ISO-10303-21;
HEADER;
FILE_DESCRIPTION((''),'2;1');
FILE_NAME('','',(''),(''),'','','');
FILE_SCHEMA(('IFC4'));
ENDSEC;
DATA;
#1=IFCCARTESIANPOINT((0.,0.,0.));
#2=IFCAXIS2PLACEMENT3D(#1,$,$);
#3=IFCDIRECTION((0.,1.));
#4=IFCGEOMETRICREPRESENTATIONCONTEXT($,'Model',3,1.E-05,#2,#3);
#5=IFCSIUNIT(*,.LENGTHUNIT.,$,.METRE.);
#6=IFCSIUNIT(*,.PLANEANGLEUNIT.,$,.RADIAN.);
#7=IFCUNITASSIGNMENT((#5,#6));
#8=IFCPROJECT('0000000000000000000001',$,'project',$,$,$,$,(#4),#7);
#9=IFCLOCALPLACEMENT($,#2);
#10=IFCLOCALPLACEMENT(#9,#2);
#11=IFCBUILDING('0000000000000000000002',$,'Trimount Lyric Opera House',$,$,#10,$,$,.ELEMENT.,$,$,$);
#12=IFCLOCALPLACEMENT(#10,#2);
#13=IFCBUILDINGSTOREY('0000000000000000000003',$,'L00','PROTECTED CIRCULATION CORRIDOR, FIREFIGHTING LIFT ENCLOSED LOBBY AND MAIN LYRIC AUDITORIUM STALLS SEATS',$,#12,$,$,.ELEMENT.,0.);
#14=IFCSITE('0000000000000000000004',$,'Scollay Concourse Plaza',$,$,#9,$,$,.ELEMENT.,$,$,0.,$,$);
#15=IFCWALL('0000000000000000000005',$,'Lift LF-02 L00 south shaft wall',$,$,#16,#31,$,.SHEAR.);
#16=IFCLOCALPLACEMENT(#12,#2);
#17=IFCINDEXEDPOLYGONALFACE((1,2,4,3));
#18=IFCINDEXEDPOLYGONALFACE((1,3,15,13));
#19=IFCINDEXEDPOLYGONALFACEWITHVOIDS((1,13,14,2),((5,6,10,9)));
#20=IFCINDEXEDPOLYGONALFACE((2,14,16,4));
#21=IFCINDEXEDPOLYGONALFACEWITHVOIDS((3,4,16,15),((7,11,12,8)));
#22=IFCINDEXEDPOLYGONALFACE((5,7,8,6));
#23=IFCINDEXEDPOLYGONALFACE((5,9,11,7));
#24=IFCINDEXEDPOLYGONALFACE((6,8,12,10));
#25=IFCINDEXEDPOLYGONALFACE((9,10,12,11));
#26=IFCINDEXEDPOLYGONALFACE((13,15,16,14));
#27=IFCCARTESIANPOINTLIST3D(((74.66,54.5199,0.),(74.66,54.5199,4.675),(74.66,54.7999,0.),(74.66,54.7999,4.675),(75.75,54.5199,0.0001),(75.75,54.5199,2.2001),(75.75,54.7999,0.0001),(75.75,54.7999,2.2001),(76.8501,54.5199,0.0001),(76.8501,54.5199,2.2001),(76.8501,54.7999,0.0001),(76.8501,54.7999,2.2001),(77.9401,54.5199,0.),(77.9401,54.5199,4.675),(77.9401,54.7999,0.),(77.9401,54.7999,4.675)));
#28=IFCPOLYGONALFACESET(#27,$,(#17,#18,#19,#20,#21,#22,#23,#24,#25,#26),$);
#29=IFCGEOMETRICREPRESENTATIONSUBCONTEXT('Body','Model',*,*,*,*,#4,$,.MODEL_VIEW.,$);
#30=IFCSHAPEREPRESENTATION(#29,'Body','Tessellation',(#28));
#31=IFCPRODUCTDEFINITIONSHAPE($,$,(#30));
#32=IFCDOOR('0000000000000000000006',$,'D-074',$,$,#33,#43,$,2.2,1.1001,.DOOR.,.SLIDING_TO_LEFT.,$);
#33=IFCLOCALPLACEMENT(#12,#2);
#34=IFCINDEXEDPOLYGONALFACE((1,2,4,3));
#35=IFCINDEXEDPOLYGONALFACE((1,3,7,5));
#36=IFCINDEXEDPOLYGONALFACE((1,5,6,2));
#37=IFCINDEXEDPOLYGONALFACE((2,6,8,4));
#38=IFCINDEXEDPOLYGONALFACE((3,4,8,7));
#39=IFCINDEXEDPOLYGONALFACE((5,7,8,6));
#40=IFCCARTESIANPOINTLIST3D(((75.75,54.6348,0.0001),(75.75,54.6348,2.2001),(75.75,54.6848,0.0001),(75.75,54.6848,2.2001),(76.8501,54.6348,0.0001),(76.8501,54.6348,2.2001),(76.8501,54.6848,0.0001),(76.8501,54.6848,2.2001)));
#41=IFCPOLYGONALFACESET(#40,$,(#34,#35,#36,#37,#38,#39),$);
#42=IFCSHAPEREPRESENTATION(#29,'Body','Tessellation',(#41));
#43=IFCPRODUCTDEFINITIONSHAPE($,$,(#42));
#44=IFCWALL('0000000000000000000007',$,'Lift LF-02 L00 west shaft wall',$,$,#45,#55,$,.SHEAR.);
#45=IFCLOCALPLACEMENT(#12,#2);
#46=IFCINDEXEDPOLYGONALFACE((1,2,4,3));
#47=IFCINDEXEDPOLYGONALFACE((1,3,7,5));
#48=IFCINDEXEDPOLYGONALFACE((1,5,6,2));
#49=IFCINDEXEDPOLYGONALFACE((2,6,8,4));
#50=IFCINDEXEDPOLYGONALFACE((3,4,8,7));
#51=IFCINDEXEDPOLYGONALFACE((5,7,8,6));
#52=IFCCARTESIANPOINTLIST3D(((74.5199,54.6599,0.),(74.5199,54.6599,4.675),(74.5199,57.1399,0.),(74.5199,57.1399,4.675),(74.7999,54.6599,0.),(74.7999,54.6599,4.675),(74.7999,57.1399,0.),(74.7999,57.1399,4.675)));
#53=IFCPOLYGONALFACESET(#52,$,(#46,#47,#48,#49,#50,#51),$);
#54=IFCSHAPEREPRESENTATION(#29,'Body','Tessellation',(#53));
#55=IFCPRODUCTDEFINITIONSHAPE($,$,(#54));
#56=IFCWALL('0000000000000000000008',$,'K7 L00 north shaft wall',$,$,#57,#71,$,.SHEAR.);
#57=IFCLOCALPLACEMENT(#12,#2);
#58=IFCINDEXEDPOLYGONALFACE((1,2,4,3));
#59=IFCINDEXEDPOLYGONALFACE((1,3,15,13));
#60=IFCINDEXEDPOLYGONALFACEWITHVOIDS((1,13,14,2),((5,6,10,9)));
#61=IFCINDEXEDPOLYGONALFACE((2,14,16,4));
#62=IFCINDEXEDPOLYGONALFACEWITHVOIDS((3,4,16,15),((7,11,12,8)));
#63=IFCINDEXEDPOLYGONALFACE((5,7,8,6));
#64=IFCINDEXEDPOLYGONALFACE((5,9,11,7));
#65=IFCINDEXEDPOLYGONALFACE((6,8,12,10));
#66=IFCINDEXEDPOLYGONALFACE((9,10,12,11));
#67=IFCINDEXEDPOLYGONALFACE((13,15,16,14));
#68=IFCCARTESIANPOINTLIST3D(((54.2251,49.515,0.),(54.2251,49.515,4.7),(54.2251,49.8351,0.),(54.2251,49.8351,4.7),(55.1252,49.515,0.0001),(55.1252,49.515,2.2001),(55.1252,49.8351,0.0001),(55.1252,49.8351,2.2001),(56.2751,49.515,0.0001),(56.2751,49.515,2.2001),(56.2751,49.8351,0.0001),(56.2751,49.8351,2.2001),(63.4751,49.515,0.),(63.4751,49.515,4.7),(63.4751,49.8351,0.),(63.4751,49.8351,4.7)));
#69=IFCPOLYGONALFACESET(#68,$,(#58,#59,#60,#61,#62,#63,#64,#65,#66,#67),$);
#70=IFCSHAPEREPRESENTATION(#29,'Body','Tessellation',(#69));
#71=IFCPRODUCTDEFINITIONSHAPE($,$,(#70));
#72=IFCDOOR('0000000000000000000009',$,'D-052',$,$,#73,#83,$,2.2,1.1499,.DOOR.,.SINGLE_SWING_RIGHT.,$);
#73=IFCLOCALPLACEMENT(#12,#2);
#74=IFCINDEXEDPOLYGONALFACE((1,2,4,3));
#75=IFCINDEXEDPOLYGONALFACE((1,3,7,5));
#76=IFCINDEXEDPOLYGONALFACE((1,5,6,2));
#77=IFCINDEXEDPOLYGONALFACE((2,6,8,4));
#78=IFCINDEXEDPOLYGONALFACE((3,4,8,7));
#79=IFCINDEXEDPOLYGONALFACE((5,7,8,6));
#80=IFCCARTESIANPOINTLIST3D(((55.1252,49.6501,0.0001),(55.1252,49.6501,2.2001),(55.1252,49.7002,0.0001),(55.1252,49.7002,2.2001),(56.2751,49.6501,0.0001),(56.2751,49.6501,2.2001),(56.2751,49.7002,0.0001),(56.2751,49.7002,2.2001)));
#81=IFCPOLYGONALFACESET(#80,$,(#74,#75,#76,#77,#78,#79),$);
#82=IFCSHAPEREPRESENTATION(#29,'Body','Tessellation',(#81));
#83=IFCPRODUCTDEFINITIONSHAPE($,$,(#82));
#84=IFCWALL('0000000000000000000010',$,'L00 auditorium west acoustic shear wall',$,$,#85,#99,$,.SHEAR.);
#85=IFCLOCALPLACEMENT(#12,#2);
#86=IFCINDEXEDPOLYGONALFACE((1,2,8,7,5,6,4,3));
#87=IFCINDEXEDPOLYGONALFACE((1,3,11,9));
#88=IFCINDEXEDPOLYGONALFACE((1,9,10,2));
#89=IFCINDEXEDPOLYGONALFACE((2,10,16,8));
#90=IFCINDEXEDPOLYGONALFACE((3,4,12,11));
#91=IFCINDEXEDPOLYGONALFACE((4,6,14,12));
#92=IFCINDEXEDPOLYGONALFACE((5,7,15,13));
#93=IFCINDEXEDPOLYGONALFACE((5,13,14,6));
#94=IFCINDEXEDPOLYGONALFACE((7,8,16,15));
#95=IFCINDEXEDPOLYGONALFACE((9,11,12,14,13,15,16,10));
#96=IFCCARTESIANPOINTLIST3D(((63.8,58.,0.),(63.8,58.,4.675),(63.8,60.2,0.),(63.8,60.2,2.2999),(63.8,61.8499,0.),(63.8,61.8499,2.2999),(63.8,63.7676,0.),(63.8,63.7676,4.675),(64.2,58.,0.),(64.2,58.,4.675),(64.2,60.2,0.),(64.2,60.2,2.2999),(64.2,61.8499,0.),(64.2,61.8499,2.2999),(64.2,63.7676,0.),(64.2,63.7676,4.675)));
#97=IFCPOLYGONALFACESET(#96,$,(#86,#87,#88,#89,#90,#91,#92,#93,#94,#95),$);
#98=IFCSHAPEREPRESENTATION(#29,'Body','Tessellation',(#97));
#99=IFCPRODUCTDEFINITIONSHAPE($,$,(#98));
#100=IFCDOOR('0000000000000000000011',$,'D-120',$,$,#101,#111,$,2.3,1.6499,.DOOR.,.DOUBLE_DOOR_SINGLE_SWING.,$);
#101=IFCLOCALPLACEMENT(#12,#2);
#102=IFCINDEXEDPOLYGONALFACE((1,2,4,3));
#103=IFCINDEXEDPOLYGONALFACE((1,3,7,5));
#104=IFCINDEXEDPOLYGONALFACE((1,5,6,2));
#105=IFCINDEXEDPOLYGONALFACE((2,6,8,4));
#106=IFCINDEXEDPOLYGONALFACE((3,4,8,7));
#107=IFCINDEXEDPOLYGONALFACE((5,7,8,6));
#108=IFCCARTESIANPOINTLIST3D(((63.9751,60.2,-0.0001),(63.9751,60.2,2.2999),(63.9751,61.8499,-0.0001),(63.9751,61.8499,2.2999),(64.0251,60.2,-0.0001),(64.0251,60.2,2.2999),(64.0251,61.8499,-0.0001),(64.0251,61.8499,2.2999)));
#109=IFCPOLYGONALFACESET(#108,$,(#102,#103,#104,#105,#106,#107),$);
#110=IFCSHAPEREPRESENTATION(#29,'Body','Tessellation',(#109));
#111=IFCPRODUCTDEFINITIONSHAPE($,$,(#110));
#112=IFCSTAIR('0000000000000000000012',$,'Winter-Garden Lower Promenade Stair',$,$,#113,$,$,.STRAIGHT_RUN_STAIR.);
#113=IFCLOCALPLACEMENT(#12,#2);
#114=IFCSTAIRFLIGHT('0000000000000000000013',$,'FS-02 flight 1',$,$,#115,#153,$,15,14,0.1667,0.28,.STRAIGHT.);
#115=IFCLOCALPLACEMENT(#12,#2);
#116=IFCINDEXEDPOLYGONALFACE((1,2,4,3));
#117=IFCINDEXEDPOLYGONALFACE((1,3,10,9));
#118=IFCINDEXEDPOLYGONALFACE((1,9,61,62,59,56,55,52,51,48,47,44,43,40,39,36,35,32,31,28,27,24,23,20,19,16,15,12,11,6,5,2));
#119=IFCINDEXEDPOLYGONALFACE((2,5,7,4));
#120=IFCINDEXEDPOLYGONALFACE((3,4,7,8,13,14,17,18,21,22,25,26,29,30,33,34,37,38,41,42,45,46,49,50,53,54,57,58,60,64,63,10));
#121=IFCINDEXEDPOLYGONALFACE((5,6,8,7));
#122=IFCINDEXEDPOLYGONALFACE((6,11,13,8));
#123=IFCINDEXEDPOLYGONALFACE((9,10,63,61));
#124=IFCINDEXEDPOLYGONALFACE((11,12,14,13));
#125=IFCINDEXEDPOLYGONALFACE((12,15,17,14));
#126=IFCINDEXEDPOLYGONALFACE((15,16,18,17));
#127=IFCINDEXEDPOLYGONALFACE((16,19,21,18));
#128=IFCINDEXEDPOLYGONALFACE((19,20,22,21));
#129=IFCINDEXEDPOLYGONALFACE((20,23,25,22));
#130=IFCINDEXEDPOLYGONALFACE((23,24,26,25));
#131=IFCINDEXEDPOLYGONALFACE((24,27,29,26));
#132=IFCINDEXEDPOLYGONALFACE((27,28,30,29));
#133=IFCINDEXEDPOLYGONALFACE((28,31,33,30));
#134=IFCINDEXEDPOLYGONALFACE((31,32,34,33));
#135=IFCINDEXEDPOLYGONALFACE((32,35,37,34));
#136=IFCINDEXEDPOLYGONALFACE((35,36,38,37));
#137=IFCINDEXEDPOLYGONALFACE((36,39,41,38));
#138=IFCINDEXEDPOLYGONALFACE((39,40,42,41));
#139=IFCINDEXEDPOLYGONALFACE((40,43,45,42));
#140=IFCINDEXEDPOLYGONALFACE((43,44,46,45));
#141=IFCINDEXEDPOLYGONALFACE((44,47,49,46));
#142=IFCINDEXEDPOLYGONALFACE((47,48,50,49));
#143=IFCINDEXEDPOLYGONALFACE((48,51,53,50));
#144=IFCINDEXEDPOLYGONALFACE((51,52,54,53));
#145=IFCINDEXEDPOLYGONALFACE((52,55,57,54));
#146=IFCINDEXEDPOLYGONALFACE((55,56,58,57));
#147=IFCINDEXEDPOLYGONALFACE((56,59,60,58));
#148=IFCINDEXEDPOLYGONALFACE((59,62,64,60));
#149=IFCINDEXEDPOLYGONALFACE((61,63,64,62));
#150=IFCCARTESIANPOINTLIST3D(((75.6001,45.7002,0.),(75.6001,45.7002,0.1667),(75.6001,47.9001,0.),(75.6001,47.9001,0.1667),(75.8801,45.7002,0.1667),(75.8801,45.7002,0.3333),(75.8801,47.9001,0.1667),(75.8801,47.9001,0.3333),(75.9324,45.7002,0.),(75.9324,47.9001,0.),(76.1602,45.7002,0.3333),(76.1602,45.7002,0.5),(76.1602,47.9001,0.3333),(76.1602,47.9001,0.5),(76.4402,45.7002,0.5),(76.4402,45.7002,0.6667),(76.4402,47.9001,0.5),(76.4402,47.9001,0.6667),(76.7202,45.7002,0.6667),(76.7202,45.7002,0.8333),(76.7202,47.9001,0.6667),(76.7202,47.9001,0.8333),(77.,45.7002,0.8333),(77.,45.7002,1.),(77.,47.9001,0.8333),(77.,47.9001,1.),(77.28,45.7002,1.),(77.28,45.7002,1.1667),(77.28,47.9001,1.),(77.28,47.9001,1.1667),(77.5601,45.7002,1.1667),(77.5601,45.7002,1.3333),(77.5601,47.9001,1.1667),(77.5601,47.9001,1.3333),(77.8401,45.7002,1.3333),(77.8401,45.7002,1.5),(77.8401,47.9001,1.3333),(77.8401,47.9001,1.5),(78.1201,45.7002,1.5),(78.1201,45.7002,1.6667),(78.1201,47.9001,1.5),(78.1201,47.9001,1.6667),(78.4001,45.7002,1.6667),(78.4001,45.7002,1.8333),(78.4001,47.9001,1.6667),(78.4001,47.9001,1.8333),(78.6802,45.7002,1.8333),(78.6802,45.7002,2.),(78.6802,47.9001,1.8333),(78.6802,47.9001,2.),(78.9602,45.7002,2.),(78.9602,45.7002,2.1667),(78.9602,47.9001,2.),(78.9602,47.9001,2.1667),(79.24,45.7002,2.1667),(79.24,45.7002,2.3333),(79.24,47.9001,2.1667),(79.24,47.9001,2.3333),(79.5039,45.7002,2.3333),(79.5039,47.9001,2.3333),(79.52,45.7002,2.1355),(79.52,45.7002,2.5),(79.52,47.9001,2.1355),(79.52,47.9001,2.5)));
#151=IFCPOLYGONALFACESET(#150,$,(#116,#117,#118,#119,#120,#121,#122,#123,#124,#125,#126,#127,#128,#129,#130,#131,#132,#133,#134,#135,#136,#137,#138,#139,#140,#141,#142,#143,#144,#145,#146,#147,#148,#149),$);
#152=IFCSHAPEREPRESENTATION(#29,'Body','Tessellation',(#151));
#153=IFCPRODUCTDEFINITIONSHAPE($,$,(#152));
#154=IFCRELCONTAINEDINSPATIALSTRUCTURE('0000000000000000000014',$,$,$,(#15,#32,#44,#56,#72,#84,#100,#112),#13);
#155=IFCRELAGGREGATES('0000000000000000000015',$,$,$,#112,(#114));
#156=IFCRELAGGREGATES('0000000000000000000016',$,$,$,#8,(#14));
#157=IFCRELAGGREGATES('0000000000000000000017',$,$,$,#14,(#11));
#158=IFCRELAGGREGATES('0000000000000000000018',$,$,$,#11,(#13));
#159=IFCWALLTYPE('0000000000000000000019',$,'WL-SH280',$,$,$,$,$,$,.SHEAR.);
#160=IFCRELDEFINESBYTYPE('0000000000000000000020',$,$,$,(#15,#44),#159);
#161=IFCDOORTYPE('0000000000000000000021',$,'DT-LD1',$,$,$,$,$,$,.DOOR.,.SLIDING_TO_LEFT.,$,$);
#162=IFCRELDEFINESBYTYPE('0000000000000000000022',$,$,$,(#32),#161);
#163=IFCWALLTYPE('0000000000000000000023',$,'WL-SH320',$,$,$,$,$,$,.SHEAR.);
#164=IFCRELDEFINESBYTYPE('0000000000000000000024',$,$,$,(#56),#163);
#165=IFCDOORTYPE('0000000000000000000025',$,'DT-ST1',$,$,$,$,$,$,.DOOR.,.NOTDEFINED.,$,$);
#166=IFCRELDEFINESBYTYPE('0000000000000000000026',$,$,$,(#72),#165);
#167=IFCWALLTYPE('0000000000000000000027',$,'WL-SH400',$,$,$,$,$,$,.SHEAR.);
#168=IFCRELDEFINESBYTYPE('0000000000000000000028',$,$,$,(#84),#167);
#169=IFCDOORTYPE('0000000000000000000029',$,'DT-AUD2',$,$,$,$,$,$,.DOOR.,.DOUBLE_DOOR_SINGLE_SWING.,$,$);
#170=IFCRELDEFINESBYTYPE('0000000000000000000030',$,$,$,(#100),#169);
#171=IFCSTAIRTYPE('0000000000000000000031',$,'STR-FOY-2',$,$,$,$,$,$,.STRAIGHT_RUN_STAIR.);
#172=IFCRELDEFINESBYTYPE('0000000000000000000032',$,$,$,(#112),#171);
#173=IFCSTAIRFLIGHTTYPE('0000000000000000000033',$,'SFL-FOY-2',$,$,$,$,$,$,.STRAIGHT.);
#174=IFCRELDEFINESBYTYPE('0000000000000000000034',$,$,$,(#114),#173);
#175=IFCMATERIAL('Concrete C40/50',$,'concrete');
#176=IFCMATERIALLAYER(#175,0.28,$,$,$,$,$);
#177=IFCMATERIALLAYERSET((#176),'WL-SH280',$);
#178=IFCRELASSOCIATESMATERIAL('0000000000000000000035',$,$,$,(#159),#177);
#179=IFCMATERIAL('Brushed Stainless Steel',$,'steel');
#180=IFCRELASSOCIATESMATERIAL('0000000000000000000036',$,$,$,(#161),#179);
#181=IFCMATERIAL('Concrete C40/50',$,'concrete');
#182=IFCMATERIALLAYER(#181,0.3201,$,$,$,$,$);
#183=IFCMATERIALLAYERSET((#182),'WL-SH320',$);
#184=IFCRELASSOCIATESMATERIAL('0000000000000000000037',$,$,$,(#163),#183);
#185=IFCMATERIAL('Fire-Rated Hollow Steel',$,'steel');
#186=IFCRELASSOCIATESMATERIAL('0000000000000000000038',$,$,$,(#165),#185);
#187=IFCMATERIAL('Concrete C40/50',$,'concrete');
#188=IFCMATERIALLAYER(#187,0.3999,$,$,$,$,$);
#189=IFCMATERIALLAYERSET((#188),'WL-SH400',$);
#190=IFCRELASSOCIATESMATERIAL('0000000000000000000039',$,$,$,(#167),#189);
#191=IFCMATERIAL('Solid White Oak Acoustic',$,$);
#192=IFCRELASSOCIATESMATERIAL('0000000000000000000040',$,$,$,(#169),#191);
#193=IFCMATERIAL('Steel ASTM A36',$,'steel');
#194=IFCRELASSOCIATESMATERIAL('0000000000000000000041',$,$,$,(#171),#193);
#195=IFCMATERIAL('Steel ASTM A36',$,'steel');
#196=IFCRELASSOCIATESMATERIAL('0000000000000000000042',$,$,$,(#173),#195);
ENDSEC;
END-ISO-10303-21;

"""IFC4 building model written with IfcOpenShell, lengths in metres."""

from ifc_helpers import new_model, si_unit, direction, frame, frame_2d, origin, place, context, subcontext, project, spatial, polyline, rectangle, outline, extrude, material, layer, layer_set, type_object, element, fill, aggregate, save


model = new_model("IFC4")

# Units and contexts
model_context = context("Model", 3, precision=1e-05, world=origin(), true_north=direction((0.0, 1.0)))
body_context = subcontext(model_context, "Body", "Model", "MODEL_VIEW")
ifc_project = project(units=[si_unit("LENGTHUNIT", "METRE"), si_unit("PLANEANGLEUNIT", "RADIAN")], contexts=[model_context])

# Site, building, storey
site_placement = place(None, origin())
site = spatial("IfcSite", under=ifc_project, at=site_placement, Name="Scollay Concourse Plaza", CompositionType="ELEMENT", RefElevation=0.0)
building_placement = place(site_placement, origin())
building = spatial("IfcBuilding", under=site, at=building_placement, Name="Trimount Lyric Opera House", CompositionType="ELEMENT")
storey_placement = place(building_placement, origin())
storey = spatial("IfcBuildingStorey", under=building, at=storey_placement, Name="L00", Description="PROTECTED CIRCULATION CORRIDOR, FIREFIGHTING LIFT ENCLOSED LOBBY AND MAIN LYRIC AUDITORIUM STALLS SEATS", CompositionType="ELEMENT", Elevation=0.0)

# Wall, opening, door
ifc_material_1 = material(Name="Concrete C40/50", Category="concrete")
ifc_layer_1 = layer(ifc_material_1, 0.28)
ifc_layer_set_1 = layer_set([ifc_layer_1], Name="WL-SH280")
wall_type_1 = type_object("IfcWallType", Name="WL-SH280", PredefinedType="SHEAR", material=ifc_layer_set_1)
wall_1_placement = place(storey_placement, frame((74.6599, 54.6599, 0.0), z_axis=(0.0, 0.0, 1.0), x_axis=(1.0, 0.0, 0.0)))
wall_1 = element("IfcWall", 1, at=wall_1_placement, inside=storey, type_object=wall_type_1, Name="Lift LF-02 L00 south shaft wall", PredefinedType="SHEAR", context=body_context, shape_type="SweptSolid", body=[
    extrude(rectangle(XDim=3.28, YDim=0.28, at=frame_2d((1.6401, 0.0))), origin(), (0.0, 0.0, 1.0), 4.675),
])
opening_1_placement = place(wall_1_placement, frame((1.0901, 0.0, 0.0)))
opening_1 = element("IfcOpeningElement", 2, at=opening_1_placement, cuts=wall_1, PredefinedType="OPENING", context=body_context, shape_type="SweptSolid", body=[
    extrude(rectangle(XDim=1.1001, YDim=2.2, at=frame_2d((0.55, 1.1001))), frame((0.0, 0.1499, 0.0), z_axis=(0.0, -1.0, 0.0), x_axis=(1.0, 0.0, 0.0)), (0.0, 0.0, 1.0), 0.3),
])
ifc_material_2 = material(Name="Brushed Stainless Steel", Category="steel")
door_type_1 = type_object("IfcDoorType", Name="DT-LD1", OperationType="SLIDING_TO_LEFT", PredefinedType="DOOR", material=ifc_material_2)
door_1_placement = place(opening_1_placement, origin())
door_1 = element("IfcDoor", 3, at=door_1_placement, inside=storey, type_object=door_type_1, Name="D-074", OperationType="SLIDING_TO_LEFT", OverallHeight=2.2, OverallWidth=1.1001, PredefinedType="DOOR", context=body_context, shape_type="SweptSolid", body=[
    extrude(rectangle(XDim=1.1001, YDim=2.2, at=frame_2d((0.55, 1.1001))), frame((0.0, 0.0249, 0.0), z_axis=(0.0, -1.0, 0.0), x_axis=(1.0, 0.0, 0.0)), (0.0, 0.0, 1.0), 0.05),
])
fill(opening_1, door_1)

# Wall
wall_2_placement = place(storey_placement, frame((74.6599, 57.1399, 0.0), z_axis=(0.0, 0.0, 1.0), x_axis=(0.0, -1.0, 0.0)))
element("IfcWall", 4, at=wall_2_placement, inside=storey, type_object=wall_type_1, Name="Lift LF-02 L00 west shaft wall", PredefinedType="SHEAR", context=body_context, shape_type="SweptSolid", body=[
    extrude(rectangle(XDim=2.48, YDim=0.28, at=frame_2d((1.24, 0.0))), origin(), (0.0, 0.0, 1.0), 4.675),
])

# Walls, openings, doors
ifc_material_3 = material(Name="Concrete C40/50", Category="concrete")
ifc_layer_2 = layer(ifc_material_3, 0.3201)
ifc_layer_set_2 = layer_set([ifc_layer_2], Name="WL-SH320")
wall_type_2 = type_object("IfcWallType", Name="WL-SH320", PredefinedType="SHEAR", material=ifc_layer_set_2)
wall_3_placement = place(storey_placement, frame((63.4751, 49.675, 0.0), z_axis=(0.0, 0.0, 1.0), x_axis=(-1.0, 0.0, 0.0)))
wall_3 = element("IfcWall", 5, at=wall_3_placement, inside=storey, type_object=wall_type_2, Name="K7 L00 north shaft wall", PredefinedType="SHEAR", context=body_context, shape_type="SweptSolid", body=[
    extrude(rectangle(XDim=9.25, YDim=0.3201, at=frame_2d((4.625, 0.0))), origin(), (0.0, 0.0, 1.0), 4.7),
])
opening_2_placement = place(wall_3_placement, frame((7.2, 0.0, 0.0)))
opening_2 = element("IfcOpeningElement", 6, at=opening_2_placement, cuts=wall_3, PredefinedType="OPENING", context=body_context, shape_type="SweptSolid", body=[
    extrude(rectangle(XDim=1.1499, YDim=2.2, at=frame_2d((0.575, 1.1001))), frame((0.0, 0.1699, 0.0), z_axis=(0.0, -1.0, 0.0), x_axis=(1.0, 0.0, 0.0)), (0.0, 0.0, 1.0), 0.3401),
])
ifc_material_4 = material(Name="Fire-Rated Hollow Steel", Category="steel")
door_type_2 = type_object("IfcDoorType", Name="DT-ST1", OperationType="NOTDEFINED", PredefinedType="DOOR", material=ifc_material_4)
door_2_placement = place(opening_2_placement, origin())
door_2 = element("IfcDoor", 7, at=door_2_placement, inside=storey, type_object=door_type_2, Name="D-052", OperationType="SINGLE_SWING_RIGHT", OverallHeight=2.2, OverallWidth=1.1499, PredefinedType="DOOR", context=body_context, shape_type="SweptSolid", body=[
    extrude(rectangle(XDim=1.1499, YDim=2.2, at=frame_2d((0.575, 1.1001))), frame((0.0, 0.0249, 0.0), z_axis=(0.0, -1.0, 0.0), x_axis=(1.0, 0.0, 0.0)), (0.0, 0.0, 1.0), 0.05),
])
fill(opening_2, door_2)
ifc_material_5 = material(Name="Concrete C40/50", Category="concrete")
ifc_layer_3 = layer(ifc_material_5, 0.3999)
ifc_layer_set_3 = layer_set([ifc_layer_3], Name="WL-SH400")
wall_type_3 = type_object("IfcWallType", Name="WL-SH400", PredefinedType="SHEAR", material=ifc_layer_set_3)
wall_4_placement = place(storey_placement, frame((64.0, 58.0, 0.0), z_axis=(0.0, 0.0, 1.0), x_axis=(0.0, 1.0, 0.0)))
wall_4 = element("IfcWall", 8, at=wall_4_placement, inside=storey, type_object=wall_type_3, Name="L00 auditorium west acoustic shear wall", PredefinedType="SHEAR", context=body_context, shape_type="SweptSolid", body=[
    extrude(rectangle(XDim=5.7676, YDim=0.3999, at=frame_2d((2.8838, 0.0))), origin(), (0.0, 0.0, 1.0), 4.675),
])
opening_3_placement = place(wall_4_placement, frame((2.2, 0.0, 0.0)))
opening_3 = element("IfcOpeningElement", 9, at=opening_3_placement, cuts=wall_4, PredefinedType="OPENING", context=body_context, shape_type="SweptSolid", body=[
    extrude(rectangle(XDim=1.6499, YDim=2.3, at=frame_2d((0.825, 1.1499))), frame((0.0, 0.21, 0.0), z_axis=(0.0, -1.0, 0.0), x_axis=(1.0, 0.0, 0.0)), (0.0, 0.0, 1.0), 0.4199),
])
ifc_material_6 = material(Name="Solid White Oak Acoustic")
door_type_3 = type_object("IfcDoorType", Name="DT-AUD2", OperationType="DOUBLE_DOOR_SINGLE_SWING", PredefinedType="DOOR", material=ifc_material_6)
door_3_placement = place(opening_3_placement, origin())
door_3 = element("IfcDoor", 10, at=door_3_placement, inside=storey, type_object=door_type_3, Name="D-120", OperationType="DOUBLE_DOOR_SINGLE_SWING", OverallHeight=2.3, OverallWidth=1.6499, PredefinedType="DOOR", context=body_context, shape_type="SweptSolid", body=[
    extrude(rectangle(XDim=1.6499, YDim=2.3, at=frame_2d((0.825, 1.1499))), frame((0.0, 0.0249, 0.0), z_axis=(0.0, -1.0, 0.0), x_axis=(1.0, 0.0, 0.0)), (0.0, 0.0, 1.0), 0.05),
])
fill(opening_3, door_3)

# Stair, stair flight
ifc_material_7 = material(Name="Steel ASTM A36", Category="steel")
stair_type = type_object("IfcStairType", Name="STR-FOY-2", PredefinedType="STRAIGHT_RUN_STAIR", material=ifc_material_7)
stair_placement = place(storey_placement, origin())
stair = element("IfcStair", 11, at=stair_placement, inside=storey, type_object=stair_type, Name="Winter-Garden Lower Promenade Stair", PredefinedType="STRAIGHT_RUN_STAIR")
ifc_material_8 = material(Name="Steel ASTM A36", Category="steel")
stair_flight_type = type_object("IfcStairFlightType", Name="SFL-FOY-2", PredefinedType="STRAIGHT", material=ifc_material_8)
stair_flight_placement = place(storey_placement, frame((75.6001, 46.8, 0.0), z_axis=(0.0, 0.0, 1.0), x_axis=(1.0, 0.0, 0.0)))
stair_flight = element("IfcStairFlight", 12, at=stair_flight_placement, type_object=stair_flight_type, Name="FS-02 flight 1", NumberOfRisers=15, NumberOfTreads=14, PredefinedType="STRAIGHT", RiserHeight=0.1667, TreadLength=0.28, context=body_context, shape_type="SweptSolid", body=[
    extrude(outline(polyline([(0.0, 0.0), (0.0, 0.1667), (0.28, 0.1667), (0.28, 0.3333), (0.5601, 0.3333), (0.5601, 0.5), (0.8401, 0.5), (0.8401, 0.6667), (1.1201, 0.6667), (1.1201, 0.8333), (1.3999, 0.8333), (1.3999, 1.0), (1.6799, 1.0), (1.6799, 1.1667), (1.96, 1.1667), (1.96, 1.3333), (2.24, 1.3333), (2.24, 1.5), (2.52, 1.5), (2.52, 1.6667), (2.8, 1.6667), (2.8, 1.8333), (3.0801, 1.8333), (3.0801, 2.0), (3.3601, 2.0), (3.3601, 2.1667), (3.6399, 2.1667), (3.6399, 2.3333), (3.9038, 2.3333), (3.9199, 2.5), (3.9199, 2.1355), (0.3323, 0.0), (0.0, 0.0)])), frame((0.0, 1.1001, 0.0), z_axis=(0.0, -1.0, 0.0), x_axis=(1.0, 0.0, 0.0)), (0.0, 0.0, 1.0), 2.2),
])
aggregate(stair, [stair_flight])

save(model, "model.ifc")
